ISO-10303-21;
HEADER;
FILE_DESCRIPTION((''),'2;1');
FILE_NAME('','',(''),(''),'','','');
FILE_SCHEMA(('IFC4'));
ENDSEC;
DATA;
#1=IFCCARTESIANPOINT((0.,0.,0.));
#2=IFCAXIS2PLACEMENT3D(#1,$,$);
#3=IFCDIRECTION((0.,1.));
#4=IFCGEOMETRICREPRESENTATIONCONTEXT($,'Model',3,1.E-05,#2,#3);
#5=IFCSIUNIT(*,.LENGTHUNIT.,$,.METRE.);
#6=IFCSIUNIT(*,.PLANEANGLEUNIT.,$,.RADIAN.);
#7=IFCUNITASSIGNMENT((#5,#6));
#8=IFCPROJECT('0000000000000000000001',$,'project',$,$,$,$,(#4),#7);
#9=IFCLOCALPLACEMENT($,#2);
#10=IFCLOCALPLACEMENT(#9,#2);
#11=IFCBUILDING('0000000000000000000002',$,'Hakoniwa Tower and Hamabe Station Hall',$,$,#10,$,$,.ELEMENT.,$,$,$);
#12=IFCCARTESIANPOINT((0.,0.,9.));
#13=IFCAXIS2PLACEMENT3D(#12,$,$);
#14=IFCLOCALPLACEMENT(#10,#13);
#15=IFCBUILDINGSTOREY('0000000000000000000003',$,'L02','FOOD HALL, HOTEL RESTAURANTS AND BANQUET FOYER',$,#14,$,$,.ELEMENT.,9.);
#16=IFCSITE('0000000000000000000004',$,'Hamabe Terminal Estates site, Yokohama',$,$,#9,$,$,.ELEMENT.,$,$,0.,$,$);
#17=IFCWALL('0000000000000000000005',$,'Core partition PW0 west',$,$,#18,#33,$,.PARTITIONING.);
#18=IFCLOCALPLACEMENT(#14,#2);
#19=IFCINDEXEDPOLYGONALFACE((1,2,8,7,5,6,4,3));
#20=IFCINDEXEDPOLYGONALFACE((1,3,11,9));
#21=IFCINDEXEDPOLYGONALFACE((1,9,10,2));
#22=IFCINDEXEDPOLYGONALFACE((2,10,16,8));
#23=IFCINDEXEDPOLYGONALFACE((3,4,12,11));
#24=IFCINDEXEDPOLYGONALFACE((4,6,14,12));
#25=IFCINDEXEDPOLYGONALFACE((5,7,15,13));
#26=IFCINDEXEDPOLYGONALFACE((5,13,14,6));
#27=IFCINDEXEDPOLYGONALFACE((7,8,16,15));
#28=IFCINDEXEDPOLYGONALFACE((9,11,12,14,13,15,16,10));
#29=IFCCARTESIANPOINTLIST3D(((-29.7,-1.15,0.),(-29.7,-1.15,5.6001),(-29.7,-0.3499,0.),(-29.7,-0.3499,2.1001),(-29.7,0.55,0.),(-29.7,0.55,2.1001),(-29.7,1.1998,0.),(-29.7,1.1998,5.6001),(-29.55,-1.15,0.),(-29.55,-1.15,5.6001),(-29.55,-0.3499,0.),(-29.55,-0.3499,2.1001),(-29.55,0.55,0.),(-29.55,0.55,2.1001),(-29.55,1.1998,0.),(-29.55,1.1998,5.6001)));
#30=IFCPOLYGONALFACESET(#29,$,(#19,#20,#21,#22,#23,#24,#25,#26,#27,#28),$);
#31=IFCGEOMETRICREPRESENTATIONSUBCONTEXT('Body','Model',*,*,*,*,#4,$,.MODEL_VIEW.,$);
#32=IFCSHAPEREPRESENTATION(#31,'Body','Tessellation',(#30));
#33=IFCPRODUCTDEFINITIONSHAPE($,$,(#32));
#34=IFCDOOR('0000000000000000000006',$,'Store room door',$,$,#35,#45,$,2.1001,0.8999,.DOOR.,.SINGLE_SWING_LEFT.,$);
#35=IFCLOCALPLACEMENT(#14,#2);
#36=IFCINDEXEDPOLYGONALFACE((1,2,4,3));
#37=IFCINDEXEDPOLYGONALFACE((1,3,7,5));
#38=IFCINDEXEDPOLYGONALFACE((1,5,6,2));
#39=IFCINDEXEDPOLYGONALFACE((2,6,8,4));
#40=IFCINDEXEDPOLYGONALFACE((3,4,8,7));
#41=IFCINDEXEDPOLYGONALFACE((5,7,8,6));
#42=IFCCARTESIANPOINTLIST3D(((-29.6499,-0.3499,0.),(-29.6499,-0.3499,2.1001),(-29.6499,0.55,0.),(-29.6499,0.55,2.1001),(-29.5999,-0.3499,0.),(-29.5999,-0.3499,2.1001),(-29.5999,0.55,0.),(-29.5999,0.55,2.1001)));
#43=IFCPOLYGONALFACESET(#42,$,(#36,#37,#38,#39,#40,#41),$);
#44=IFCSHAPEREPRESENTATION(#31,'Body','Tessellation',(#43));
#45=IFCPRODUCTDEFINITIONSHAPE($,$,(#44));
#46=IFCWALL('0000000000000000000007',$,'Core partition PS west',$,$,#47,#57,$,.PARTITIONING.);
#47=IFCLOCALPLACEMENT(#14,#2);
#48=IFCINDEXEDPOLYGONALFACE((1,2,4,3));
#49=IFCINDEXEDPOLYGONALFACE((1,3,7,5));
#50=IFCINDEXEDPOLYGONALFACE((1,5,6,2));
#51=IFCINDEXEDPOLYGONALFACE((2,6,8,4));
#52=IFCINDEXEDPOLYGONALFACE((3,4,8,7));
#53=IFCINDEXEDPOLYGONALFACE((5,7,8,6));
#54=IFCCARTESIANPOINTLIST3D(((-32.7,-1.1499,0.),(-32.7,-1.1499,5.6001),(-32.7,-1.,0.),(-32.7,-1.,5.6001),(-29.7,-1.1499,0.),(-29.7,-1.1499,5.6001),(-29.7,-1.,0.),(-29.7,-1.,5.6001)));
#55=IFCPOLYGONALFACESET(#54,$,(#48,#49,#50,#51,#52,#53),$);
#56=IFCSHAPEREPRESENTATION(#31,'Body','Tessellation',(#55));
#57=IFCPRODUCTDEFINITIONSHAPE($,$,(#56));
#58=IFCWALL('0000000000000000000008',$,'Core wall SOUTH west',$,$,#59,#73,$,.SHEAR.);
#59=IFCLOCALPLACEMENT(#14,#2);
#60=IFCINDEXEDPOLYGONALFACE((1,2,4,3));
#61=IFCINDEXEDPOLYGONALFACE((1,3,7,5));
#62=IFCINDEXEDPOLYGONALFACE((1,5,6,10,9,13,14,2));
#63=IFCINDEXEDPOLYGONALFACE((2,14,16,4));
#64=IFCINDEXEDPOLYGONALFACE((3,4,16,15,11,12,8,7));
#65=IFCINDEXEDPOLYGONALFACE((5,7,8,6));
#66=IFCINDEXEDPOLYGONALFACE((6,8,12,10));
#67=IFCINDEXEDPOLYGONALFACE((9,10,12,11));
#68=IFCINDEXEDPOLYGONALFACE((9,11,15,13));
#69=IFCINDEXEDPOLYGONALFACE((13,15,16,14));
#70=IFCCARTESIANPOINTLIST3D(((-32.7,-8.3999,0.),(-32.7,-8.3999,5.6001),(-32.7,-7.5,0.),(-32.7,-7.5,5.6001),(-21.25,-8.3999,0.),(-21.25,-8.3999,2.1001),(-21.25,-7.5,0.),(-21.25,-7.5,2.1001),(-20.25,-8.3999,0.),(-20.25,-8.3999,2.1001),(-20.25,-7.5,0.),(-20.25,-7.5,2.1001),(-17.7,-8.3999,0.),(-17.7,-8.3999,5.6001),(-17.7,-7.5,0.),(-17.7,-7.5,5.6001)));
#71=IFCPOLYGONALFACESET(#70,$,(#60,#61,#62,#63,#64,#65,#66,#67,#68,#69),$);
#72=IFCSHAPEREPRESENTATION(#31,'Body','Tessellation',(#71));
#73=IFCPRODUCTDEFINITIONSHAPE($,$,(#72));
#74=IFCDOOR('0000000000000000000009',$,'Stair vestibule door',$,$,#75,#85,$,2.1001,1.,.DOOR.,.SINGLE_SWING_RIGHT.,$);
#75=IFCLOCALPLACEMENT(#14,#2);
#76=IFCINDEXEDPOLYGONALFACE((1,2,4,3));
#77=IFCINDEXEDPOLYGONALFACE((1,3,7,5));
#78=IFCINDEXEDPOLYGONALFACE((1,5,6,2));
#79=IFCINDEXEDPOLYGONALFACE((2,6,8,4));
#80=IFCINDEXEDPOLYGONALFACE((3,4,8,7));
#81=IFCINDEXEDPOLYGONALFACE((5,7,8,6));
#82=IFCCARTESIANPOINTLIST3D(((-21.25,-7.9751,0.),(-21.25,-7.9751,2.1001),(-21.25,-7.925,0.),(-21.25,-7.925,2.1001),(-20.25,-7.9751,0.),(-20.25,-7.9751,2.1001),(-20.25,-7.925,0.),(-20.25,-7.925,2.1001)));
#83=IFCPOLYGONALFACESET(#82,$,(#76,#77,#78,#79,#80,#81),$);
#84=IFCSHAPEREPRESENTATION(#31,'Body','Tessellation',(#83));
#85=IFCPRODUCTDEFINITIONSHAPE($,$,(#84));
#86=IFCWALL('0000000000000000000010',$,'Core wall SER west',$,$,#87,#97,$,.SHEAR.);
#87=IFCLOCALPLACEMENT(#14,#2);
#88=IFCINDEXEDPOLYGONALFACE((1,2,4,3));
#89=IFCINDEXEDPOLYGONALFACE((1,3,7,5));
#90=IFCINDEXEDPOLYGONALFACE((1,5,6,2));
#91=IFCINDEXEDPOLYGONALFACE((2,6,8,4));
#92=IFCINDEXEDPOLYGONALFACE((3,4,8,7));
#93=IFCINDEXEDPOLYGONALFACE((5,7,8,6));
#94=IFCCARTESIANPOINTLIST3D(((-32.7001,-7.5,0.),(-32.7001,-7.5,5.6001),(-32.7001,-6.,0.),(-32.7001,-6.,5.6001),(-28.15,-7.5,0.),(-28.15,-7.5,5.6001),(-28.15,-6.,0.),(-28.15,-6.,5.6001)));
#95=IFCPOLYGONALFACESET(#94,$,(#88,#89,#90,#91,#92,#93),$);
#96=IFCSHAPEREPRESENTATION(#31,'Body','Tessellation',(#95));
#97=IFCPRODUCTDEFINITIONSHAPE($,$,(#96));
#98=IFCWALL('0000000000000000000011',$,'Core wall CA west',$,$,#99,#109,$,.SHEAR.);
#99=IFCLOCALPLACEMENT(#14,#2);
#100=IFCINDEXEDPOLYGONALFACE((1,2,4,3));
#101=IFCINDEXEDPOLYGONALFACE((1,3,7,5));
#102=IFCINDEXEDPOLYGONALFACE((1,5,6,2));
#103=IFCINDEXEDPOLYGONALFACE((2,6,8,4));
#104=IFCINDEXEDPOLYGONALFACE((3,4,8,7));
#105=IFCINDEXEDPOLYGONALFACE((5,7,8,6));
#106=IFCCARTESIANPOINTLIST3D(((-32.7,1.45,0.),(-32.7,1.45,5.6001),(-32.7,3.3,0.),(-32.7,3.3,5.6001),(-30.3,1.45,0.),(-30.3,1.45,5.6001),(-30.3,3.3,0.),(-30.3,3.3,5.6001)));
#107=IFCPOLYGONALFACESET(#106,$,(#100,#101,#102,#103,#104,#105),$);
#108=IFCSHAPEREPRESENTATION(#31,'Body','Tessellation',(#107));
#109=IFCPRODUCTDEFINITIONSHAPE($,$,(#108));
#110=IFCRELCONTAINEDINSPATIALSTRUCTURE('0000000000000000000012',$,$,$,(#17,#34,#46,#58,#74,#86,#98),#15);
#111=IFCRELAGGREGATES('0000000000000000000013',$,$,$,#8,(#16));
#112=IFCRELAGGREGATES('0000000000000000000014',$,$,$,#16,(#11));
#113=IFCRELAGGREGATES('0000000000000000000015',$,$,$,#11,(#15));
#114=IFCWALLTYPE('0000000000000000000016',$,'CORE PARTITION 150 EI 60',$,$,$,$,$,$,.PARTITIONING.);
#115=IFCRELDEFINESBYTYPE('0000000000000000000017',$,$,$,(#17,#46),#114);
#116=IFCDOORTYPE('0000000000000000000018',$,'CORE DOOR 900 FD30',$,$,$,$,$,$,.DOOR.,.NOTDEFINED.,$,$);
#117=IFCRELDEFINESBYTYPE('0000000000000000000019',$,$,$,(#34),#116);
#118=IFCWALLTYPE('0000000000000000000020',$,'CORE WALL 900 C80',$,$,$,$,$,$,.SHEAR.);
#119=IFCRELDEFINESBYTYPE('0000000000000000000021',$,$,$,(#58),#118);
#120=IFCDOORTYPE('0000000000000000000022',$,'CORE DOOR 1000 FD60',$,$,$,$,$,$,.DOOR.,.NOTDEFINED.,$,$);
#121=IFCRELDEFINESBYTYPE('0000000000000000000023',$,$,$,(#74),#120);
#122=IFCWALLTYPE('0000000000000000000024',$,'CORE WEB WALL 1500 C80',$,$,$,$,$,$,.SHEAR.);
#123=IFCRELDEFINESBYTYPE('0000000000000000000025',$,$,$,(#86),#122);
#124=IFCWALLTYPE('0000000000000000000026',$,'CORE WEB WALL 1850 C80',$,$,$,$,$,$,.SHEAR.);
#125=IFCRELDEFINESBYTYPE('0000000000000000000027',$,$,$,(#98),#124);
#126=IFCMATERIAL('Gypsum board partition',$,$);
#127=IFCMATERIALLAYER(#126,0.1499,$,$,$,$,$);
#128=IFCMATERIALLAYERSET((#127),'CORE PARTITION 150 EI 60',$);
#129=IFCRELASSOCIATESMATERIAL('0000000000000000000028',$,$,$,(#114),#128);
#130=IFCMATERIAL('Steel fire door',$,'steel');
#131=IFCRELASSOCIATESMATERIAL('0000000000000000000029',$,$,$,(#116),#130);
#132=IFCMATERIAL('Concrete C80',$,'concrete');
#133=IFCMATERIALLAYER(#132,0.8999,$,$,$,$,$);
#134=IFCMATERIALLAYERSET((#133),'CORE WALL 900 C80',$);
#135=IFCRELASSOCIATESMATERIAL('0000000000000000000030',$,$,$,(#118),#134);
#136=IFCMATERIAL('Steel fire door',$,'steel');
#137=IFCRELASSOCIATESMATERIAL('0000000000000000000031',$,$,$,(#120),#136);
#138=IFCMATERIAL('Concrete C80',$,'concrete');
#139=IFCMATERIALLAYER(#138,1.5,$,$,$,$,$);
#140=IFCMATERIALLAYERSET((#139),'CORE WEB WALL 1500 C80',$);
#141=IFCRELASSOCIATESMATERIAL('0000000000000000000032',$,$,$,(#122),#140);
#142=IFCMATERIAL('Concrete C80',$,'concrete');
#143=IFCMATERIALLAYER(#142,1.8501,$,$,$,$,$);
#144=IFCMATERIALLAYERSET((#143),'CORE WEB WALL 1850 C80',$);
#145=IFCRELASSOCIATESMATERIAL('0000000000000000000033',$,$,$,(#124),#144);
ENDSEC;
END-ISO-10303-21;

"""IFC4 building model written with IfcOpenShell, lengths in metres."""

from ifc_helpers import new_model, si_unit, direction, frame, frame_2d, origin, place, context, subcontext, project, spatial, rectangle, extrude, material, layer, layer_set, type_object, element, fill, save


model = new_model("IFC4")

# Units and contexts
model_context = context("Model", 3, precision=1e-05, world=origin(), true_north=direction((0.0, 1.0)))
body_context = subcontext(model_context, "Body", "Model", "MODEL_VIEW")
ifc_project = project(units=[si_unit("LENGTHUNIT", "METRE"), si_unit("PLANEANGLEUNIT", "RADIAN")], contexts=[model_context])

# Site, building, storey
site_placement = place(None, origin())
site = spatial("IfcSite", under=ifc_project, at=site_placement, Name="Hamabe Terminal Estates site, Yokohama", CompositionType="ELEMENT", RefElevation=0.0)
building_placement = place(site_placement, origin())
building = spatial("IfcBuilding", under=site, at=building_placement, Name="Hakoniwa Tower and Hamabe Station Hall", CompositionType="ELEMENT")
storey_placement = place(building_placement, frame((0.0, 0.0, 9.0)))
storey = spatial("IfcBuildingStorey", under=building, at=storey_placement, Name="L02", Description="FOOD HALL, HOTEL RESTAURANTS AND BANQUET FOYER", CompositionType="ELEMENT", Elevation=9.0)

# Wall, opening, door
ifc_material_1 = material(Name="Gypsum board partition")
ifc_layer_1 = layer(ifc_material_1, 0.1499)
ifc_layer_set_1 = layer_set([ifc_layer_1], Name="CORE PARTITION 150 EI 60")
wall_type_1 = type_object("IfcWallType", Name="CORE PARTITION 150 EI 60", PredefinedType="PARTITIONING", material=ifc_layer_set_1)
wall_1_placement = place(storey_placement, frame((-29.625, -1.1499, 0.0), z_axis=(0.0, 0.0, 1.0), x_axis=(0.0, 1.0, 0.0)))
wall_1 = element("IfcWall", 1, at=wall_1_placement, inside=storey, type_object=wall_type_1, Name="Core partition PW0 west", PredefinedType="PARTITIONING", context=body_context, shape_type="SweptSolid", body=[
    extrude(rectangle(XDim=2.3499, YDim=0.1499, at=frame_2d((1.1748, 0.0))), origin(), (0.0, 0.0, 1.0), 5.6001),
])
opening_1_placement = place(wall_1_placement, frame((0.8, 0.0, 0.0)))
opening_1 = element("IfcOpeningElement", 2, at=opening_1_placement, cuts=wall_1, PredefinedType="OPENING", context=body_context, shape_type="SweptSolid", body=[
    extrude(rectangle(XDim=0.8999, YDim=2.1001, at=frame_2d((0.45, 1.05))), frame((0.0, 0.085, 0.0), z_axis=(0.0, -1.0, 0.0), x_axis=(1.0, 0.0, 0.0)), (0.0, 0.0, 1.0), 0.1699),
])
ifc_material_2 = material(Name="Steel fire door", Category="steel")
door_type_1 = type_object("IfcDoorType", Name="CORE DOOR 900 FD30", OperationType="NOTDEFINED", PredefinedType="DOOR", material=ifc_material_2)
door_1_placement = place(opening_1_placement, origin())
door_1 = element("IfcDoor", 3, at=door_1_placement, inside=storey, type_object=door_type_1, Name="Store room door", OperationType="SINGLE_SWING_LEFT", OverallHeight=2.1001, OverallWidth=0.8999, PredefinedType="DOOR", context=body_context, shape_type="SweptSolid", body=[
    extrude(rectangle(XDim=0.8999, YDim=2.1001, at=frame_2d((0.45, 1.05))), frame((0.0, 0.0249, 0.0), z_axis=(0.0, -1.0, 0.0), x_axis=(1.0, 0.0, 0.0)), (0.0, 0.0, 1.0), 0.05),
])
fill(opening_1, door_1)

# Wall
wall_2_placement = place(storey_placement, frame((-32.7, -1.075, 0.0), z_axis=(0.0, 0.0, 1.0), x_axis=(1.0, 0.0, 0.0)))
element("IfcWall", 4, at=wall_2_placement, inside=storey, type_object=wall_type_1, Name="Core partition PS west", PredefinedType="PARTITIONING", context=body_context, shape_type="SweptSolid", body=[
    extrude(rectangle(XDim=3.0, YDim=0.1499, at=frame_2d((1.5, 0.0))), origin(), (0.0, 0.0, 1.0), 5.6001),
])

# Wall, opening, door
ifc_material_3 = material(Name="Concrete C80", Category="concrete")
ifc_layer_2 = layer(ifc_material_3, 0.8999)
ifc_layer_set_2 = layer_set([ifc_layer_2], Name="CORE WALL 900 C80")
wall_type_2 = type_object("IfcWallType", Name="CORE WALL 900 C80", PredefinedType="SHEAR", material=ifc_layer_set_2)
wall_3_placement = place(storey_placement, frame((-32.7, -7.95, 0.0), z_axis=(0.0, 0.0, 1.0), x_axis=(1.0, 0.0, 0.0)))
wall_3 = element("IfcWall", 5, at=wall_3_placement, inside=storey, type_object=wall_type_2, Name="Core wall SOUTH west", PredefinedType="SHEAR", context=body_context, shape_type="SweptSolid", body=[
    extrude(rectangle(XDim=15.0, YDim=0.8999, at=frame_2d((7.5, 0.0))), origin(), (0.0, 0.0, 1.0), 5.6001),
])
opening_2_placement = place(wall_3_placement, frame((11.45, 0.0, 0.0)))
opening_2 = element("IfcOpeningElement", 6, at=opening_2_placement, cuts=wall_3, PredefinedType="OPENING", context=body_context, shape_type="SweptSolid", body=[
    extrude(rectangle(XDim=1.0, YDim=2.1001, at=frame_2d((0.5, 1.05))), frame((0.0, 0.46, 0.0), z_axis=(0.0, -1.0, 0.0), x_axis=(1.0, 0.0, 0.0)), (0.0, 0.0, 1.0), 0.9199),
])
ifc_material_4 = material(Name="Steel fire door", Category="steel")
door_type_2 = type_object("IfcDoorType", Name="CORE DOOR 1000 FD60", OperationType="NOTDEFINED", PredefinedType="DOOR", material=ifc_material_4)
door_2_placement = place(opening_2_placement, origin())
door_2 = element("IfcDoor", 7, at=door_2_placement, inside=storey, type_object=door_type_2, Name="Stair vestibule door", OperationType="SINGLE_SWING_RIGHT", OverallHeight=2.1001, OverallWidth=1.0, PredefinedType="DOOR", context=body_context, shape_type="SweptSolid", body=[
    extrude(rectangle(XDim=1.0, YDim=2.1001, at=frame_2d((0.5, 1.05))), frame((0.0, 0.0249, 0.0), z_axis=(0.0, -1.0, 0.0), x_axis=(1.0, 0.0, 0.0)), (0.0, 0.0, 1.0), 0.05),
])
fill(opening_2, door_2)

# Walls
ifc_material_5 = material(Name="Concrete C80", Category="concrete")
ifc_layer_3 = layer(ifc_material_5, 1.5)
ifc_layer_set_3 = layer_set([ifc_layer_3], Name="CORE WEB WALL 1500 C80")
wall_type_3 = type_object("IfcWallType", Name="CORE WEB WALL 1500 C80", PredefinedType="SHEAR", material=ifc_layer_set_3)
wall_4_placement = place(storey_placement, frame((-32.7, -6.75, 0.0), z_axis=(0.0, 0.0, 1.0), x_axis=(1.0, 0.0, 0.0)))
element("IfcWall", 8, at=wall_4_placement, inside=storey, type_object=wall_type_3, Name="Core wall SER west", PredefinedType="SHEAR", context=body_context, shape_type="SweptSolid", body=[
    extrude(rectangle(XDim=4.55, YDim=1.5, at=frame_2d((2.2749, 0.0))), origin(), (0.0, 0.0, 1.0), 5.6001),
])
ifc_material_6 = material(Name="Concrete C80", Category="concrete")
ifc_layer_4 = layer(ifc_material_6, 1.8501)
ifc_layer_set_4 = layer_set([ifc_layer_4], Name="CORE WEB WALL 1850 C80")
wall_type_4 = type_object("IfcWallType", Name="CORE WEB WALL 1850 C80", PredefinedType="SHEAR", material=ifc_layer_set_4)
wall_5_placement = place(storey_placement, frame((-32.7, 2.375, 0.0), z_axis=(0.0, 0.0, 1.0), x_axis=(1.0, 0.0, 0.0)))
element("IfcWall", 9, at=wall_5_placement, inside=storey, type_object=wall_type_4, Name="Core wall CA west", PredefinedType="SHEAR", context=body_context, shape_type="SweptSolid", body=[
    extrude(rectangle(XDim=2.3999, YDim=1.8501, at=frame_2d((1.2, 0.0))), origin(), (0.0, 0.0, 1.0), 5.6001),
])

save(model, "model.ifc")
